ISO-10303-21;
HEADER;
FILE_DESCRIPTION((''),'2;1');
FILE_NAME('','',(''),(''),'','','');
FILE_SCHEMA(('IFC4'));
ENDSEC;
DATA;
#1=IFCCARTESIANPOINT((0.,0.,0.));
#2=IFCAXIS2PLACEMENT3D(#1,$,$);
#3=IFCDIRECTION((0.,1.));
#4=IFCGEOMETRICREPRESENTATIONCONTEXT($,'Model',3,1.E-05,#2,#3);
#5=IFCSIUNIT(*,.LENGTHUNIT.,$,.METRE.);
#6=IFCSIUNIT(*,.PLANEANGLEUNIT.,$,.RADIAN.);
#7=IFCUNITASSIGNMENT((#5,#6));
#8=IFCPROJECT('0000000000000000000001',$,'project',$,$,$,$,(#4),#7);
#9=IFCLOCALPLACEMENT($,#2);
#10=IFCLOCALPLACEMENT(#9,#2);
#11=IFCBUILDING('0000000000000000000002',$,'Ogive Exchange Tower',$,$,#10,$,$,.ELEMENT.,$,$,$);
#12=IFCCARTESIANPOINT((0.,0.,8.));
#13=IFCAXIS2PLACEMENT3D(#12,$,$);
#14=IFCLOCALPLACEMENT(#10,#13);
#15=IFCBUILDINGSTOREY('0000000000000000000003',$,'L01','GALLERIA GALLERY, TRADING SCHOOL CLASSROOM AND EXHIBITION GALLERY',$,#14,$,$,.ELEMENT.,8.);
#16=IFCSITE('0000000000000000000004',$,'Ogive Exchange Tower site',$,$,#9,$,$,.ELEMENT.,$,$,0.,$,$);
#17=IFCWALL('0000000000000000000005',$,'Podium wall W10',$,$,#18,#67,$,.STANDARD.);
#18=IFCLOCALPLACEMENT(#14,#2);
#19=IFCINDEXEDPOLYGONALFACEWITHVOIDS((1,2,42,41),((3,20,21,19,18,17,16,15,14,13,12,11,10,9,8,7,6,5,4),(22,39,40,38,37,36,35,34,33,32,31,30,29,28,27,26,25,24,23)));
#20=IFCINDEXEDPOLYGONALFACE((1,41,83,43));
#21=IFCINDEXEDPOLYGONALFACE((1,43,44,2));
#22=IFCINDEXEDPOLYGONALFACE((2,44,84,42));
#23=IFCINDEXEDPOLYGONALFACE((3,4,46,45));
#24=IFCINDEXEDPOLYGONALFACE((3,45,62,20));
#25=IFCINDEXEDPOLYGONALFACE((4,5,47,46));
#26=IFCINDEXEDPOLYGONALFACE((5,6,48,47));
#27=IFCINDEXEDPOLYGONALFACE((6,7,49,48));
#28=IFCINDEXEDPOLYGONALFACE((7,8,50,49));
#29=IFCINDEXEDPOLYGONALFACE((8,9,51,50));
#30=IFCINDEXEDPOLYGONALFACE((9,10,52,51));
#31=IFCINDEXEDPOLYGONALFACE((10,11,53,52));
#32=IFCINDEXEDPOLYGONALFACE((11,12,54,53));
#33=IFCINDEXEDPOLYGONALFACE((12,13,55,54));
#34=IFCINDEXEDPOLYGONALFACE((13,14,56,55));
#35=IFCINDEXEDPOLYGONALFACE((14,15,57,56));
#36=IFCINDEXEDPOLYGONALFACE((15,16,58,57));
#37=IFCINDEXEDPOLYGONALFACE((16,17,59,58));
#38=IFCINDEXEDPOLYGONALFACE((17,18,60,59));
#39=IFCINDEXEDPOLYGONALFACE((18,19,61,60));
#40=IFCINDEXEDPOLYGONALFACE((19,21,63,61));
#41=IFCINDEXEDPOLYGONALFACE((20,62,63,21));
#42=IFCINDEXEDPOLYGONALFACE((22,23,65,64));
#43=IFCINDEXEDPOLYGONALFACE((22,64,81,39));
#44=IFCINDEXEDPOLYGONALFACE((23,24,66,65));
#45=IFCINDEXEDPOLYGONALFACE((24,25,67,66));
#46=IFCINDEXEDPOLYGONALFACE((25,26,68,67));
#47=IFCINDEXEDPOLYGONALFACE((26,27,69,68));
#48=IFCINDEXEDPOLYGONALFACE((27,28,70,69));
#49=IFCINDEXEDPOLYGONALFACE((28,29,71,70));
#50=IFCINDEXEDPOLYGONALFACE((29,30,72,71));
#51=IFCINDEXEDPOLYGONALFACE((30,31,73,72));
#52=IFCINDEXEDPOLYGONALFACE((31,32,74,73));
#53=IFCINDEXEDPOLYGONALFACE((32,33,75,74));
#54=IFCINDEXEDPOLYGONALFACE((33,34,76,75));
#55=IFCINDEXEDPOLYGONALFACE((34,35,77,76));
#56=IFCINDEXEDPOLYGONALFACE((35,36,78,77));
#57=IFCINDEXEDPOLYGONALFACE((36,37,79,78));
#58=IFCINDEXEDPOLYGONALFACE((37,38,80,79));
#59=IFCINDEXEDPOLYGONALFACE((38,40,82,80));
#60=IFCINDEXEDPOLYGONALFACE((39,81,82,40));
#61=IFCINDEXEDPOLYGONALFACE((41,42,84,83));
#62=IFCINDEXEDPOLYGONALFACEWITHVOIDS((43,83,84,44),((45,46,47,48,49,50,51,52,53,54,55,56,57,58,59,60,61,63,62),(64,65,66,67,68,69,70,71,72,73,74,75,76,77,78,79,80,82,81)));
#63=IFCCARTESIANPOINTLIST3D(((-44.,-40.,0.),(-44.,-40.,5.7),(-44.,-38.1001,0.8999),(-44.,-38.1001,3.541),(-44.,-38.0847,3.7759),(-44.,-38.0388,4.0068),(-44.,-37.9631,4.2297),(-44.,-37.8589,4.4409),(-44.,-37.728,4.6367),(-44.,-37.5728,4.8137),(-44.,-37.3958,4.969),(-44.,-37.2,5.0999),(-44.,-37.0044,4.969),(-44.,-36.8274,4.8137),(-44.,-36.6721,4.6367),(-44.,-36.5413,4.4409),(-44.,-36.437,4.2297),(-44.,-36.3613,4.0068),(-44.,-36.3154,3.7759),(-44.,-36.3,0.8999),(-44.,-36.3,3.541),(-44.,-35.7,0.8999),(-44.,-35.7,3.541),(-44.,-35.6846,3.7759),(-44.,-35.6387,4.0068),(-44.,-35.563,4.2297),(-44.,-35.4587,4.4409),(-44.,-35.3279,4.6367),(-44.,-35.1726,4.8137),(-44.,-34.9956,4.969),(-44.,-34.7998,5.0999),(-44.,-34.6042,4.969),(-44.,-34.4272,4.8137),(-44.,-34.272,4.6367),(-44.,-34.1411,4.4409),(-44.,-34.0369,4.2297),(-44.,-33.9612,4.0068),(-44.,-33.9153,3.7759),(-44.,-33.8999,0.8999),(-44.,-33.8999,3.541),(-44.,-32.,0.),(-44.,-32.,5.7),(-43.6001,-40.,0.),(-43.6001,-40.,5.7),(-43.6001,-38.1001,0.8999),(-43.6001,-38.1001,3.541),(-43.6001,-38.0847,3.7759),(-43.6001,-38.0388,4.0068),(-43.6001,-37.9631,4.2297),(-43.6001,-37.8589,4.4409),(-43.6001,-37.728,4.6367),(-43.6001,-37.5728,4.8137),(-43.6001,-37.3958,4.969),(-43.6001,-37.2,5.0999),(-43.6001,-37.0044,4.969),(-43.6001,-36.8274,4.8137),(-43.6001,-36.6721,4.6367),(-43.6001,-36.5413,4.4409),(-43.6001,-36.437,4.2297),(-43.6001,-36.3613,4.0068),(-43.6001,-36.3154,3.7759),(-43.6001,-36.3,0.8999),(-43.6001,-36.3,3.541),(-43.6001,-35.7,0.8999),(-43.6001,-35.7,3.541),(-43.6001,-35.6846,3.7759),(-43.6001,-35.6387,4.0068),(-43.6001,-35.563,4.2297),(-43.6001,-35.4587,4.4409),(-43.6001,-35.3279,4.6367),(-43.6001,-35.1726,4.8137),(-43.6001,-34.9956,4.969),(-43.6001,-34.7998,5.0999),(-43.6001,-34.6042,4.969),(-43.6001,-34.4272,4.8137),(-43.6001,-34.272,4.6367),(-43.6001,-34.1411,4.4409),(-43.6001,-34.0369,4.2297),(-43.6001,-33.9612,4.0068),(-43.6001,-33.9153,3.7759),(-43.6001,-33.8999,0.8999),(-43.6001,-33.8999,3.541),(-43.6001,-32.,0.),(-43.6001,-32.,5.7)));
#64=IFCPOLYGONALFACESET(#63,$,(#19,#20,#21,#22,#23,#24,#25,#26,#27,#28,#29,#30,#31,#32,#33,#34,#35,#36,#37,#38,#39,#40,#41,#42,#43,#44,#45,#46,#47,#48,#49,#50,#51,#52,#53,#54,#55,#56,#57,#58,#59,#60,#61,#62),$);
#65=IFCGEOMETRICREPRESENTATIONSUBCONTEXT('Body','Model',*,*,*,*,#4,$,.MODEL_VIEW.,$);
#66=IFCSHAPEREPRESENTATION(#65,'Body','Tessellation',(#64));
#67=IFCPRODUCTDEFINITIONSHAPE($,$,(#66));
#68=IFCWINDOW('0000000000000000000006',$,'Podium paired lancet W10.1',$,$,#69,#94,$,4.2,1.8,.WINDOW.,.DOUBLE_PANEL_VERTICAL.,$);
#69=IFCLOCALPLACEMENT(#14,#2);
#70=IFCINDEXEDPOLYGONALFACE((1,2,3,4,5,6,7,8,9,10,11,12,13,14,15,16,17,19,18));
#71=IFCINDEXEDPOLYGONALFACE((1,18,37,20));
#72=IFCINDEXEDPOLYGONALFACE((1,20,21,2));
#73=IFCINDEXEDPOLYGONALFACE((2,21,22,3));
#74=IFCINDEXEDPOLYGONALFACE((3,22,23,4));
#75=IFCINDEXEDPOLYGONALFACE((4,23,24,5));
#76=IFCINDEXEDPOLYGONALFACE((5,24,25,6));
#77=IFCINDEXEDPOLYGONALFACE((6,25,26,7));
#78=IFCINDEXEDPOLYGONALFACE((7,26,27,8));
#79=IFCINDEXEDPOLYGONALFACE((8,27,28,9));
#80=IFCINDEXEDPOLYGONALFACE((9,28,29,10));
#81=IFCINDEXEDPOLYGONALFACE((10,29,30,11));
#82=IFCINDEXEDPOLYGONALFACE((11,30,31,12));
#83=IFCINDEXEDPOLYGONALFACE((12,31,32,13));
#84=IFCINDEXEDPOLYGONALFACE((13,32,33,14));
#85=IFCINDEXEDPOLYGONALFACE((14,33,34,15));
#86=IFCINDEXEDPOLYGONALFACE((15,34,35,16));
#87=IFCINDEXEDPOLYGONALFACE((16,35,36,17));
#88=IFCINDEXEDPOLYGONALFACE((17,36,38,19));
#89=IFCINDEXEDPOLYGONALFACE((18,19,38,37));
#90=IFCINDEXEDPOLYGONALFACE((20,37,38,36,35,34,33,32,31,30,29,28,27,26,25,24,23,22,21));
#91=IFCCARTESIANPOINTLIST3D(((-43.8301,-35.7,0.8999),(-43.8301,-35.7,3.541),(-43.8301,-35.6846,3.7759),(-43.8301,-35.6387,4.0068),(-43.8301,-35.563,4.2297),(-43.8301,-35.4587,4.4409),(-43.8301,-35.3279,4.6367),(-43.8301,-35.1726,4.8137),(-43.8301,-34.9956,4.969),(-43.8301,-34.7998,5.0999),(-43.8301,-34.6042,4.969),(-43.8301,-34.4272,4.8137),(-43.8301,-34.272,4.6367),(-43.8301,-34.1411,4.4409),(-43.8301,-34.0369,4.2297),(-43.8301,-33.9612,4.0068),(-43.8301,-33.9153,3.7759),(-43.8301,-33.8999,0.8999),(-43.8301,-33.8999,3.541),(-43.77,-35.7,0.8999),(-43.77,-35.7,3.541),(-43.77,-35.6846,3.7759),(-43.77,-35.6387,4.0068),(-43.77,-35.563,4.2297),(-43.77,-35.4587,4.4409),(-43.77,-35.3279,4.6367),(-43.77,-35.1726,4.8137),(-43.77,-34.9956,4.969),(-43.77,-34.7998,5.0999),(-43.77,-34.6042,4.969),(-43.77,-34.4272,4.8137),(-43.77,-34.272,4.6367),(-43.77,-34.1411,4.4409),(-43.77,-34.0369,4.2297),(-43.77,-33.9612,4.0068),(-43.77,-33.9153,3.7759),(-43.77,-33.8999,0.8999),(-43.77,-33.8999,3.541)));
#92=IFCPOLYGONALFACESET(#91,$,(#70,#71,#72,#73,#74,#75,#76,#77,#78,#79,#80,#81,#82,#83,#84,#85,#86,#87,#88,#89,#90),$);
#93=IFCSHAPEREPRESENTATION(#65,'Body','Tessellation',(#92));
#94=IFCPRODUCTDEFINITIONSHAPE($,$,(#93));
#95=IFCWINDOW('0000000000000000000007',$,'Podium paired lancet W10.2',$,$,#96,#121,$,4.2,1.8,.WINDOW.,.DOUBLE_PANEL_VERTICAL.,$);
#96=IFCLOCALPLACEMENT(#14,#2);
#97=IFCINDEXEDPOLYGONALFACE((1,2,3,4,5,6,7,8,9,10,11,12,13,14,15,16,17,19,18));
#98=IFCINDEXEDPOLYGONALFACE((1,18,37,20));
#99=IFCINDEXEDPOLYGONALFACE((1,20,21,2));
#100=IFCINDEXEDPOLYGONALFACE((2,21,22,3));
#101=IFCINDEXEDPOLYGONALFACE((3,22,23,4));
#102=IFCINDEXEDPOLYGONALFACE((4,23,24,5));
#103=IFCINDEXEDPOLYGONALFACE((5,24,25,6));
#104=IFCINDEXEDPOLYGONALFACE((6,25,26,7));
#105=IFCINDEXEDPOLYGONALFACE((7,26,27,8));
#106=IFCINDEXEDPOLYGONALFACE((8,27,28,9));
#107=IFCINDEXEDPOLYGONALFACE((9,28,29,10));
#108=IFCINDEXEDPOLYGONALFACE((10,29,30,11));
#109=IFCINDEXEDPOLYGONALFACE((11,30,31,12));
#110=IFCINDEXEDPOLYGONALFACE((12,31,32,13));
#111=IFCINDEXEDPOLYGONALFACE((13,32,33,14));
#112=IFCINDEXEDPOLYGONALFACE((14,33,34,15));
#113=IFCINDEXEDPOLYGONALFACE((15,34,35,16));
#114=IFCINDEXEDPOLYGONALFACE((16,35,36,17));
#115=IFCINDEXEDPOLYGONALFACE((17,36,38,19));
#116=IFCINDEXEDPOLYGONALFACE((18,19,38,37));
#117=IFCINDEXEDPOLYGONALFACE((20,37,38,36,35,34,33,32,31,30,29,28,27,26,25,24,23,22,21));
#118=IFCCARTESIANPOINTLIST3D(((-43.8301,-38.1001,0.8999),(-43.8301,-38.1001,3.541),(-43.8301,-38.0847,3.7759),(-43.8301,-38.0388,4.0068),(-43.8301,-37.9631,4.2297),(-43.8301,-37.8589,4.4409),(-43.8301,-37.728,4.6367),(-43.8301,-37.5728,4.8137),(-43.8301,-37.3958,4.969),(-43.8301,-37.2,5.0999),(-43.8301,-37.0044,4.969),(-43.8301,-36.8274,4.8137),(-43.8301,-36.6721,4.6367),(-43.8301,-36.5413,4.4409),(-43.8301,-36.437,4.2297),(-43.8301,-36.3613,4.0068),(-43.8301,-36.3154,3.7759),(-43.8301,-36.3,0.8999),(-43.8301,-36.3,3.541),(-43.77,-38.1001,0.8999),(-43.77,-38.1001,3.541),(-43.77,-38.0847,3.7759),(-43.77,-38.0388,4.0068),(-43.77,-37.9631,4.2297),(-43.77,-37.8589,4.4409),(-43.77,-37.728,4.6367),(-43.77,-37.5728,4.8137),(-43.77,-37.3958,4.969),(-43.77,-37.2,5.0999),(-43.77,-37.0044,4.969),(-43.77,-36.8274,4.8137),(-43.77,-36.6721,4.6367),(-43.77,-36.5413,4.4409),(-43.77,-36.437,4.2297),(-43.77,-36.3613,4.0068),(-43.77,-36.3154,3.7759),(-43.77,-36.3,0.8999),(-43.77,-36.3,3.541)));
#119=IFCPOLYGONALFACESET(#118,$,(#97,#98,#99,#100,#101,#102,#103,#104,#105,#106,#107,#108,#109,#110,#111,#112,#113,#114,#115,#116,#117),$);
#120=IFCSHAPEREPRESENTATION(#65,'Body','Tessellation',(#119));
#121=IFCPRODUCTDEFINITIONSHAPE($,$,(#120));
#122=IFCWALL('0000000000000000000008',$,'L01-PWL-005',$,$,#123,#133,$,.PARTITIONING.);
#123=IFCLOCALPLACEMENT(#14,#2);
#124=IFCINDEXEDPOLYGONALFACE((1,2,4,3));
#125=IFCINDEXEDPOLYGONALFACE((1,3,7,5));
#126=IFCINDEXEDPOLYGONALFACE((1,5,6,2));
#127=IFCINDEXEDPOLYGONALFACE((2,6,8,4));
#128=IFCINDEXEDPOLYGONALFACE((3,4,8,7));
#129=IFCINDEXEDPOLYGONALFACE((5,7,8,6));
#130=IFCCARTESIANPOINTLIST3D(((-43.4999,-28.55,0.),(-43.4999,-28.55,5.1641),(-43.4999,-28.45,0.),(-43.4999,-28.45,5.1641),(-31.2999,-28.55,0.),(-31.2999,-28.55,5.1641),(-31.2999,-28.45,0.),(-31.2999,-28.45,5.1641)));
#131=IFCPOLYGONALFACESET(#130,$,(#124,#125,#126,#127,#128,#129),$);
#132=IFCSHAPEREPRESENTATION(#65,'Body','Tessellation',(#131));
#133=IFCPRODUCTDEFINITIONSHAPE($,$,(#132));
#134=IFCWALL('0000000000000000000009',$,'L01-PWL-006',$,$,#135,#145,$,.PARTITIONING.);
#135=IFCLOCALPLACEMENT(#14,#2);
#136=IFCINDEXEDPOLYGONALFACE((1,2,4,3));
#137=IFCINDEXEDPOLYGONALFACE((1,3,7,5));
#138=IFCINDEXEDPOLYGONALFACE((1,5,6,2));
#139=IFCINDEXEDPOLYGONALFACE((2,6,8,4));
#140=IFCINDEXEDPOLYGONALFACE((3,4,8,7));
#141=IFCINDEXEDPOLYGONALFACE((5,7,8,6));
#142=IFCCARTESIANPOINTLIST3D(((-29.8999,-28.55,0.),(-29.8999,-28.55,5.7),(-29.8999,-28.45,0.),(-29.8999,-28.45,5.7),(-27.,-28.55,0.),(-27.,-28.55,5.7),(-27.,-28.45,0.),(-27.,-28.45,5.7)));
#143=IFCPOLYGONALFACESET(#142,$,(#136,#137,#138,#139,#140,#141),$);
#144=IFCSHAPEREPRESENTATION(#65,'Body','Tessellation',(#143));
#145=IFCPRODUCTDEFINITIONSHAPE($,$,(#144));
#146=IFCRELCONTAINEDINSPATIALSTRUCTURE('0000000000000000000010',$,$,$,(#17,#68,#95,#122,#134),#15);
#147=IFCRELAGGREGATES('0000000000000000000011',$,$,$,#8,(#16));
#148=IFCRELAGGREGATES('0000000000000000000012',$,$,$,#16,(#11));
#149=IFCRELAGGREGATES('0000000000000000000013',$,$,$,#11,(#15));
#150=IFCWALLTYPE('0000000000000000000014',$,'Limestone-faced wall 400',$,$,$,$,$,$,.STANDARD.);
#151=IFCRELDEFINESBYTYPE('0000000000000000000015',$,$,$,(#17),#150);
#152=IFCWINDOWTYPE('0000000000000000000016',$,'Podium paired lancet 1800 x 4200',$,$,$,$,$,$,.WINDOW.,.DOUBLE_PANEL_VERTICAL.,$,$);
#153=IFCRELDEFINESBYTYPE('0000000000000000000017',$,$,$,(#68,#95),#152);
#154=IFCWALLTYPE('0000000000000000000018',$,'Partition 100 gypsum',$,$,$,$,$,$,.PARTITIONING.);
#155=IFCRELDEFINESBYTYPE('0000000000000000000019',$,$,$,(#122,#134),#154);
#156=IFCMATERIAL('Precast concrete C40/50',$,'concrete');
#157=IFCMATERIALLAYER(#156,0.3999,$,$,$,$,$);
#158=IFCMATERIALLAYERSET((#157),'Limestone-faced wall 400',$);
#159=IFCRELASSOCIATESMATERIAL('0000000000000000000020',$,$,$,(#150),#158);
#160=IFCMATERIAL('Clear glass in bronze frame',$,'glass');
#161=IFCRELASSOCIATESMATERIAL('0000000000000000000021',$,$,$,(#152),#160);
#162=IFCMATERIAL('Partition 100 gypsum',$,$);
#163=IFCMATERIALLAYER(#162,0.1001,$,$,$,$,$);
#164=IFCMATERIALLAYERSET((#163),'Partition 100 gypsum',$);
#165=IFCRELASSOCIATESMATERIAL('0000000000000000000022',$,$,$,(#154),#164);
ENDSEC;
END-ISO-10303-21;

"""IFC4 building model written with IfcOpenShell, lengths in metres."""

from ifc_helpers import new_model, si_unit, direction, frame, frame_2d, origin, place, context, subcontext, project, spatial, polyline, rectangle, outline, extrude, material, layer, layer_set, type_object, element, fill, save


model = new_model("IFC4")

# Units and contexts
model_context = context("Model", 3, precision=1e-05, world=origin(), true_north=direction((0.0, 1.0)))
body_context = subcontext(model_context, "Body", "Model", "MODEL_VIEW")
ifc_project = project(units=[si_unit("LENGTHUNIT", "METRE"), si_unit("PLANEANGLEUNIT", "RADIAN")], contexts=[model_context])

# Site, building, storey
site_placement = place(None, origin())
site = spatial("IfcSite", under=ifc_project, at=site_placement, Name="Ogive Exchange Tower site", CompositionType="ELEMENT", RefElevation=0.0)
building_placement = place(site_placement, origin())
building = spatial("IfcBuilding", under=site, at=building_placement, Name="Ogive Exchange Tower", CompositionType="ELEMENT")
storey_placement = place(building_placement, frame((0.0, 0.0, 8.0)))
storey = spatial("IfcBuildingStorey", under=building, at=storey_placement, Name="L01", Description="GALLERIA GALLERY, TRADING SCHOOL CLASSROOM AND EXHIBITION GALLERY", CompositionType="ELEMENT", Elevation=8.0)

# Shared definitions
ifc_material_1 = material(Name="Precast concrete C40/50", Category="concrete")
ifc_layer_1 = layer(ifc_material_1, 0.3999)
ifc_layer_set_1 = layer_set([ifc_layer_1], Name="Limestone-faced wall 400")
wall_type_1 = type_object("IfcWallType", Name="Limestone-faced wall 400", PredefinedType="STANDARD", material=ifc_layer_set_1)
ifc_material_2 = material(Name="Clear glass in bronze frame", Category="glass")

# Wall, openings, windows
wall_1_placement = place(storey_placement, frame((-43.8, -32.0, 0.0), z_axis=(0.0, 0.0, 1.0), x_axis=(0.0, -1.0, 0.0)))
wall_1 = element("IfcWall", 1, at=wall_1_placement, inside=storey, type_object=wall_type_1, Name="Podium wall W10", PredefinedType="STANDARD", context=body_context, shape_type="SweptSolid", body=[
    extrude(rectangle(XDim=8.0, YDim=0.3999, at=frame_2d((4.0, 0.0))), origin(), (0.0, 0.0, 1.0), 5.7),
])
opening_1_placement = place(wall_1_placement, frame((1.8999, 0.0, 0.8999)))
opening_1 = element("IfcOpeningElement", 2, at=opening_1_placement, cuts=wall_1, PredefinedType="OPENING", context=body_context, shape_type="SweptSolid", body=[
    extrude(outline(polyline([(0.0, 0.0), (1.8, 0.0), (1.8, 2.6411), (1.7847, 2.876), (1.7388, 3.1069), (1.6631, 3.3298), (1.5588, 3.541), (1.428, 3.7368), (1.2727, 3.9138), (1.0957, 4.0691), (0.8999, 4.2), (0.7043, 4.0691), (0.5273, 3.9138), (0.3721, 3.7368), (0.2412, 3.541), (0.137, 3.3298), (0.0613, 3.1069), (0.0154, 2.876), (0.0, 2.6411), (0.0, 0.0)])), frame((0.0, 0.21, 0.0), z_axis=(0.0, -1.0, 0.0), x_axis=(1.0, 0.0, 0.0)), (0.0, 0.0, 1.0), 0.4199),
])
opening_2_placement = place(wall_1_placement, frame((4.3, 0.0, 0.8999)))
opening_2 = element("IfcOpeningElement", 3, at=opening_2_placement, cuts=wall_1, PredefinedType="OPENING", context=body_context, shape_type="SweptSolid", body=[
    extrude(outline(polyline([(0.0, 0.0), (1.8, 0.0), (1.8, 2.6411), (1.7847, 2.876), (1.7388, 3.1069), (1.6631, 3.3298), (1.5588, 3.541), (1.428, 3.7368), (1.2727, 3.9138), (1.0957, 4.0691), (0.8999, 4.2), (0.7043, 4.0691), (0.5273, 3.9138), (0.3721, 3.7368), (0.2412, 3.541), (0.137, 3.3298), (0.0613, 3.1069), (0.0154, 2.876), (0.0, 2.6411), (0.0, 0.0)])), frame((0.0, 0.21, 0.0), z_axis=(0.0, -1.0, 0.0), x_axis=(1.0, 0.0, 0.0)), (0.0, 0.0, 1.0), 0.4199),
])
window_type_1 = type_object("IfcWindowType", Name="Podium paired lancet 1800 x 4200", PartitioningType="DOUBLE_PANEL_VERTICAL", PredefinedType="WINDOW", material=ifc_material_2)
window_1_placement = place(opening_1_placement, origin())
window_1 = element("IfcWindow", 4, at=window_1_placement, inside=storey, type_object=window_type_1, Name="Podium paired lancet W10.1", OverallHeight=4.2, OverallWidth=1.8, PartitioningType="DOUBLE_PANEL_VERTICAL", PredefinedType="WINDOW", context=body_context, shape_type="SweptSolid", body=[
    extrude(outline(polyline([(0.0, 0.0), (1.8, 0.0), (1.8, 2.6411), (1.7847, 2.876), (1.7388, 3.1069), (1.6631, 3.3298), (1.5588, 3.541), (1.428, 3.7368), (1.2727, 3.9138), (1.0957, 4.0691), (0.8999, 4.2), (0.7043, 4.0691), (0.5273, 3.9138), (0.3721, 3.7368), (0.2412, 3.541), (0.137, 3.3298), (0.0613, 3.1069), (0.0154, 2.876), (0.0, 2.6411), (0.0, 0.0)])), frame((0.0, 0.03, 0.0), z_axis=(0.0, -1.0, 0.0), x_axis=(1.0, 0.0, 0.0)), (0.0, 0.0, 1.0), 0.0601),
])
fill(opening_1, window_1)
window_2_placement = place(opening_2_placement, origin())
window_2 = element("IfcWindow", 5, at=window_2_placement, inside=storey, type_object=window_type_1, Name="Podium paired lancet W10.2", OverallHeight=4.2, OverallWidth=1.8, PartitioningType="DOUBLE_PANEL_VERTICAL", PredefinedType="WINDOW", context=body_context, shape_type="SweptSolid", body=[
    extrude(outline(polyline([(0.0, 0.0), (1.8, 0.0), (1.8, 2.6411), (1.7847, 2.876), (1.7388, 3.1069), (1.6631, 3.3298), (1.5588, 3.541), (1.428, 3.7368), (1.2727, 3.9138), (1.0957, 4.0691), (0.8999, 4.2), (0.7043, 4.0691), (0.5273, 3.9138), (0.3721, 3.7368), (0.2412, 3.541), (0.137, 3.3298), (0.0613, 3.1069), (0.0154, 2.876), (0.0, 2.6411), (0.0, 0.0)])), frame((0.0, 0.03, 0.0), z_axis=(0.0, -1.0, 0.0), x_axis=(1.0, 0.0, 0.0)), (0.0, 0.0, 1.0), 0.0601),
])
fill(opening_2, window_2)

# Walls
ifc_material_3 = material(Name="Partition 100 gypsum")
ifc_layer_2 = layer(ifc_material_3, 0.1001)
ifc_layer_set_2 = layer_set([ifc_layer_2], Name="Partition 100 gypsum")
wall_type_2 = type_object("IfcWallType", Name="Partition 100 gypsum", PredefinedType="PARTITIONING", material=ifc_layer_set_2)
wall_2_placement = place(storey_placement, frame((-43.5, -28.5, 0.0), z_axis=(0.0, 0.0, 1.0), x_axis=(1.0, 0.0, 0.0)))
element("IfcWall", 6, at=wall_2_placement, inside=storey, type_object=wall_type_2, Name="L01-PWL-005", PredefinedType="PARTITIONING", context=body_context, shape_type="SweptSolid", body=[
    extrude(rectangle(XDim=12.2, YDim=0.1001, at=frame_2d((6.1001, 0.0))), origin(), (0.0, 0.0, 1.0), 5.1641),
])
wall_3_placement = place(storey_placement, frame((-29.8999, -28.5, 0.0), z_axis=(0.0, 0.0, 1.0), x_axis=(1.0, 0.0, 0.0)))
element("IfcWall", 7, at=wall_3_placement, inside=storey, type_object=wall_type_2, Name="L01-PWL-006", PredefinedType="PARTITIONING", context=body_context, shape_type="SweptSolid", body=[
    extrude(rectangle(XDim=2.8999, YDim=0.1001, at=frame_2d((1.45, 0.0))), origin(), (0.0, 0.0, 1.0), 5.7),
])

save(model, "model.ifc")
